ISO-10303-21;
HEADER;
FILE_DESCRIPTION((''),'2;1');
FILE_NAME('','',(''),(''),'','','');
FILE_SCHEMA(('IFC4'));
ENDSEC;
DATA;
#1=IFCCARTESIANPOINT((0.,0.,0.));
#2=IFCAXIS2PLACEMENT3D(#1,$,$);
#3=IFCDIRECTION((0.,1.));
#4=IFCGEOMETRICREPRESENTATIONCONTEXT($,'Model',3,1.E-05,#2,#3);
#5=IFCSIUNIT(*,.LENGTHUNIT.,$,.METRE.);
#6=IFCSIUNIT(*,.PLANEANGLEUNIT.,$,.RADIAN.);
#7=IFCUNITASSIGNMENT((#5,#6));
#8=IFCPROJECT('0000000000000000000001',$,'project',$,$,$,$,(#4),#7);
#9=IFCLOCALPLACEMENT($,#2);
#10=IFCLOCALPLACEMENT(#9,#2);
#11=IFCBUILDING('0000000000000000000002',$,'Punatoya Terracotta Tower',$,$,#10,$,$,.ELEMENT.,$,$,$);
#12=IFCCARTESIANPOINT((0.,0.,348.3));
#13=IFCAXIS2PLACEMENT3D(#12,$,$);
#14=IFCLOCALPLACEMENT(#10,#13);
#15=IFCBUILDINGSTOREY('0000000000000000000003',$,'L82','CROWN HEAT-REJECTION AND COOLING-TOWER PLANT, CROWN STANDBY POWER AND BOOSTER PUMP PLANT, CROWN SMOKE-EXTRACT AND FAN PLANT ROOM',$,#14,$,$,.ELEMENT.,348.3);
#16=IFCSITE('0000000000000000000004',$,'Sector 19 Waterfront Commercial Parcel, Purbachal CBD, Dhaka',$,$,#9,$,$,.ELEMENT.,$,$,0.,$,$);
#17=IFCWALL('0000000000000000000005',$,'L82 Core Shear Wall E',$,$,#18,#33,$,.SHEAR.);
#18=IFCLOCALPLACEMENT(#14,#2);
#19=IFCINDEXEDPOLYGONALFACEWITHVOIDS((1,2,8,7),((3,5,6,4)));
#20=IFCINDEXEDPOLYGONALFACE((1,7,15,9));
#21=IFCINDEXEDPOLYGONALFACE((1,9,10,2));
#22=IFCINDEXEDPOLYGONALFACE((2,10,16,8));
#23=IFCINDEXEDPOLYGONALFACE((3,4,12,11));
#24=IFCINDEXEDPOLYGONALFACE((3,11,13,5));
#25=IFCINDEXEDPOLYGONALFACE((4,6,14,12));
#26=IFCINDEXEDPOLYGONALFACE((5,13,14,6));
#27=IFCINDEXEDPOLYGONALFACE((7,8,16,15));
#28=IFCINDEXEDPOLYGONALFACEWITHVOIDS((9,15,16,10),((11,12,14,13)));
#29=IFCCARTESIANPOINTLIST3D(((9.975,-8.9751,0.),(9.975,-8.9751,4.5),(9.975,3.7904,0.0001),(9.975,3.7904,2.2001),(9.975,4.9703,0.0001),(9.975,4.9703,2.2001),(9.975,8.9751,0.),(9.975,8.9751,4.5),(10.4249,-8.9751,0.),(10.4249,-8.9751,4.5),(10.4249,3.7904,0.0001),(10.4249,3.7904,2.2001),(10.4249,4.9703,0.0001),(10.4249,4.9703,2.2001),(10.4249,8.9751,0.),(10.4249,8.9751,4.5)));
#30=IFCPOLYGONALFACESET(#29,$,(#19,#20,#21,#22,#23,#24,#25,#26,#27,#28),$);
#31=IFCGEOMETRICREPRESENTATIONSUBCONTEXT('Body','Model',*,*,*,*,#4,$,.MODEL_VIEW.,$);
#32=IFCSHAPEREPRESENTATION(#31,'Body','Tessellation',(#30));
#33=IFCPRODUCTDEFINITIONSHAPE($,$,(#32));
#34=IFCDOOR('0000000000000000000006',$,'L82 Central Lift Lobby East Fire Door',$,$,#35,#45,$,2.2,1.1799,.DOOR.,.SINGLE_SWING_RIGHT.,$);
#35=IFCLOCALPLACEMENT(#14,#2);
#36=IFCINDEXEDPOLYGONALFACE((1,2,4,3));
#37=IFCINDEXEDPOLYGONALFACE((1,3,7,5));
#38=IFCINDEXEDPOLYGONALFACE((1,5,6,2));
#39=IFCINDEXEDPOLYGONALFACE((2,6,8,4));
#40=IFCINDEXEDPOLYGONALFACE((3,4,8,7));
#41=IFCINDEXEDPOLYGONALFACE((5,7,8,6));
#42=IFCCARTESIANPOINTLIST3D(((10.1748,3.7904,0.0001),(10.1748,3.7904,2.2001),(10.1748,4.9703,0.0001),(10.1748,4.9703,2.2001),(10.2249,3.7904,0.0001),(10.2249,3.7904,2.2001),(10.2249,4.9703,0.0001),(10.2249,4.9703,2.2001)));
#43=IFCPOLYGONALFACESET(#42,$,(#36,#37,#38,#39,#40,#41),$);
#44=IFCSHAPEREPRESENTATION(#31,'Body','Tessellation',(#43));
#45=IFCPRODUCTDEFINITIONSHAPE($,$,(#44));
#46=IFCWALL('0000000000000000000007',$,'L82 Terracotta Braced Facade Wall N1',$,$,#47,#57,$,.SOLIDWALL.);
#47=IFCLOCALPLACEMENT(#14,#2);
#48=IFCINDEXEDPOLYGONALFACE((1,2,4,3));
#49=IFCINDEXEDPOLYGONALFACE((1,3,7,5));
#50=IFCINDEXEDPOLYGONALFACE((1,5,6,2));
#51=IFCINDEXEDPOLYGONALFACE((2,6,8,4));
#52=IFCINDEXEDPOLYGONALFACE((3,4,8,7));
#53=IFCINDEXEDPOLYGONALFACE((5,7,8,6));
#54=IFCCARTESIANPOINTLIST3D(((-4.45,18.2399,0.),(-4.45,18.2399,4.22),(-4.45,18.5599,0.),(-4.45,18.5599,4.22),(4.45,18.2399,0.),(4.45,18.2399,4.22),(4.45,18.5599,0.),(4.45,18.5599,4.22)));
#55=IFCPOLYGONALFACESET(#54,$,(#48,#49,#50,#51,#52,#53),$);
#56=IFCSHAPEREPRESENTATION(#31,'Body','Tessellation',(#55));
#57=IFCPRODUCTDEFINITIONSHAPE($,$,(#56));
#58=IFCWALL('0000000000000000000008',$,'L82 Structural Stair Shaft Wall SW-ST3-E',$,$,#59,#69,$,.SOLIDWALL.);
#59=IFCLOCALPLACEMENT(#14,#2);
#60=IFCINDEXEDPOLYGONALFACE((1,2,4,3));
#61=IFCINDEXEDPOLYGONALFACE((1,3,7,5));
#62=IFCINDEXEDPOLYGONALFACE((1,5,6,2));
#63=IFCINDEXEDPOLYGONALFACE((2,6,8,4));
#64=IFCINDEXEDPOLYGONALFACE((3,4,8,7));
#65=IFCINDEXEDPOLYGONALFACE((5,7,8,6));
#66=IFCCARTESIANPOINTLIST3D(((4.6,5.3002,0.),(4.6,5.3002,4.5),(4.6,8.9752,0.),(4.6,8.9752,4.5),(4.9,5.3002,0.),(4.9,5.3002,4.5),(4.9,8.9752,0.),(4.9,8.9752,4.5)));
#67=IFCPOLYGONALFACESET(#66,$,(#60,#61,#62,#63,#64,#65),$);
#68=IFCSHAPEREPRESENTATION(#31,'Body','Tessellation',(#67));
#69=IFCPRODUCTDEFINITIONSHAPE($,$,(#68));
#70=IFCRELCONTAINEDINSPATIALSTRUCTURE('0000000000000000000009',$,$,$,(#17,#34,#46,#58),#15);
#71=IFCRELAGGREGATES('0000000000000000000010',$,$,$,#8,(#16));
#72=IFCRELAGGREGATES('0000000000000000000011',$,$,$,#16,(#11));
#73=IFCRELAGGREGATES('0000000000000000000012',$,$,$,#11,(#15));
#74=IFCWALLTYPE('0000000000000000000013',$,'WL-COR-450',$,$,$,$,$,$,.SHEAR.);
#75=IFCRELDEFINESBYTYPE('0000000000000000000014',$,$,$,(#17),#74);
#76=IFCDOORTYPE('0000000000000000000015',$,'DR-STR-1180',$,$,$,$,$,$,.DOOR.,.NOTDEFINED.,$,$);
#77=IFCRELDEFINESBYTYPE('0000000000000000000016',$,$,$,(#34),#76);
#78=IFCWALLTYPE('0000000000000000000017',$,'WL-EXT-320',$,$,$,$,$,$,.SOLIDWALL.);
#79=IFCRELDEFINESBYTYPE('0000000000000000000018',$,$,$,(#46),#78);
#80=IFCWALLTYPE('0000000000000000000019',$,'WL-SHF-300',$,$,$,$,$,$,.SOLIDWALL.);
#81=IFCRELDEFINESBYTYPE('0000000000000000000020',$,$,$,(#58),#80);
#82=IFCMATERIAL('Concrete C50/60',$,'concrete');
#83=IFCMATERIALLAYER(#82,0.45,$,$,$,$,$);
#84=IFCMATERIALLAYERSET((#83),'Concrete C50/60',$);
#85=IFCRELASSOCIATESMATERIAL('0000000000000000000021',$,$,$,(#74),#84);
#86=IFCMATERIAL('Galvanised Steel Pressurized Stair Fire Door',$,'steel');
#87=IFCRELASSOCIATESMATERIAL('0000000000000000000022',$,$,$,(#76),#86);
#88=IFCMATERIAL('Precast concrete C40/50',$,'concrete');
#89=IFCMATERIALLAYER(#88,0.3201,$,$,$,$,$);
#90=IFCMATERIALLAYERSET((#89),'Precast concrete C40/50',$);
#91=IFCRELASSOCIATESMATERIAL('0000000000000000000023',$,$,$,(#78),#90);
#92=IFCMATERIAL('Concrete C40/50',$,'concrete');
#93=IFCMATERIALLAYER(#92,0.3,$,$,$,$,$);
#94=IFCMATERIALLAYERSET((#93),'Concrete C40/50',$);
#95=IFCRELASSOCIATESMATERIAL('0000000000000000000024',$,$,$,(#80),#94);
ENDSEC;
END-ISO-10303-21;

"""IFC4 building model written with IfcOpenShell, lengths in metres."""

from ifc_helpers import new_model, si_unit, direction, frame, frame_2d, origin, place, context, subcontext, project, spatial, rectangle, extrude, material, layer, layer_set, type_object, element, fill, save


model = new_model("IFC4")

# Units and contexts
model_context = context("Model", 3, precision=1e-05, world=origin(), true_north=direction((0.0, 1.0)))
body_context = subcontext(model_context, "Body", "Model", "MODEL_VIEW")
ifc_project = project(units=[si_unit("LENGTHUNIT", "METRE"), si_unit("PLANEANGLEUNIT", "RADIAN")], contexts=[model_context])

# Site, building, storey
site_placement = place(None, origin())
site = spatial("IfcSite", under=ifc_project, at=site_placement, Name="Sector 19 Waterfront Commercial Parcel, Purbachal CBD, Dhaka", CompositionType="ELEMENT", RefElevation=0.0)
building_placement = place(site_placement, origin())
building = spatial("IfcBuilding", under=site, at=building_placement, Name="Punatoya Terracotta Tower", CompositionType="ELEMENT")
storey_placement = place(building_placement, frame((0.0, 0.0, 348.3)))
storey = spatial("IfcBuildingStorey", under=building, at=storey_placement, Name="L82", Description="CROWN HEAT-REJECTION AND COOLING-TOWER PLANT, CROWN STANDBY POWER AND BOOSTER PUMP PLANT, CROWN SMOKE-EXTRACT AND FAN PLANT ROOM", CompositionType="ELEMENT", Elevation=348.3)

# Wall, opening, door
ifc_material_1 = material(Name="Concrete C50/60", Category="concrete")
ifc_layer_1 = layer(ifc_material_1, 0.45)
ifc_layer_set_1 = layer_set([ifc_layer_1], Name="Concrete C50/60")
wall_type_1 = type_object("IfcWallType", Name="WL-COR-450", PredefinedType="SHEAR", material=ifc_layer_set_1)
wall_1_placement = place(storey_placement, frame((10.2, 8.9751, 0.0), z_axis=(0.0, 0.0, 1.0), x_axis=(0.0, -1.0, 0.0)))
wall_1 = element("IfcWall", 1, at=wall_1_placement, inside=storey, type_object=wall_type_1, Name="L82 Core Shear Wall E", PredefinedType="SHEAR", context=body_context, shape_type="SweptSolid", body=[
    extrude(rectangle(XDim=17.9502, YDim=0.45, at=frame_2d((8.9751, 0.0))), origin(), (0.0, 0.0, 1.0), 4.5),
])
opening_placement = place(wall_1_placement, frame((4.0049, 0.0, 0.0)))
opening = element("IfcOpeningElement", 2, at=opening_placement, cuts=wall_1, PredefinedType="OPENING", context=body_context, shape_type="SweptSolid", body=[
    extrude(rectangle(XDim=1.1799, YDim=2.2, at=frame_2d((0.5898, 1.1001))), frame((0.0, 0.2349, 0.0), z_axis=(0.0, -1.0, 0.0), x_axis=(1.0, 0.0, 0.0)), (0.0, 0.0, 1.0), 0.47),
])
ifc_material_2 = material(Name="Galvanised Steel Pressurized Stair Fire Door", Category="steel")
door_type = type_object("IfcDoorType", Name="DR-STR-1180", OperationType="NOTDEFINED", PredefinedType="DOOR", material=ifc_material_2)
door_placement = place(opening_placement, origin())
door = element("IfcDoor", 3, at=door_placement, inside=storey, type_object=door_type, Name="L82 Central Lift Lobby East Fire Door", OperationType="SINGLE_SWING_RIGHT", OverallHeight=2.2, OverallWidth=1.1799, PredefinedType="DOOR", context=body_context, shape_type="SweptSolid", body=[
    extrude(rectangle(XDim=1.1799, YDim=2.2, at=frame_2d((0.5898, 1.1001))), frame((0.0, 0.0249, 0.0), z_axis=(0.0, -1.0, 0.0), x_axis=(1.0, 0.0, 0.0)), (0.0, 0.0, 1.0), 0.05),
])
fill(opening, door)

# Walls
ifc_material_3 = material(Name="Precast concrete C40/50", Category="concrete")
ifc_layer_2 = layer(ifc_material_3, 0.3201)
ifc_layer_set_2 = layer_set([ifc_layer_2], Name="Precast concrete C40/50")
wall_type_2 = type_object("IfcWallType", Name="WL-EXT-320", PredefinedType="SOLIDWALL", material=ifc_layer_set_2)
wall_2_placement = place(storey_placement, frame((4.45, 18.3999, 0.0), z_axis=(0.0, 0.0, 1.0), x_axis=(-1.0, 0.0, 0.0)))
element("IfcWall", 4, at=wall_2_placement, inside=storey, type_object=wall_type_2, Name="L82 Terracotta Braced Facade Wall N1", PredefinedType="SOLIDWALL", context=body_context, shape_type="SweptSolid", body=[
    extrude(rectangle(XDim=8.8999, YDim=0.3201, at=frame_2d((4.45, 0.0))), origin(), (0.0, 0.0, 1.0), 4.22),
])
ifc_material_4 = material(Name="Concrete C40/50", Category="concrete")
ifc_layer_3 = layer(ifc_material_4, 0.3)
ifc_layer_set_3 = layer_set([ifc_layer_3], Name="Concrete C40/50")
wall_type_3 = type_object("IfcWallType", Name="WL-SHF-300", PredefinedType="SOLIDWALL", material=ifc_layer_set_3)
wall_3_placement = place(storey_placement, frame((4.75, 8.9751, 0.0), z_axis=(0.0, 0.0, 1.0), x_axis=(0.0, -1.0, 0.0)))
element("IfcWall", 5, at=wall_3_placement, inside=storey, type_object=wall_type_3, Name="L82 Structural Stair Shaft Wall SW-ST3-E", PredefinedType="SOLIDWALL", context=body_context, shape_type="SweptSolid", body=[
    extrude(rectangle(XDim=3.675, YDim=0.3, at=frame_2d((1.8374, 0.0))), origin(), (0.0, 0.0, 1.0), 4.5),
])

save(model, "model.ifc")
